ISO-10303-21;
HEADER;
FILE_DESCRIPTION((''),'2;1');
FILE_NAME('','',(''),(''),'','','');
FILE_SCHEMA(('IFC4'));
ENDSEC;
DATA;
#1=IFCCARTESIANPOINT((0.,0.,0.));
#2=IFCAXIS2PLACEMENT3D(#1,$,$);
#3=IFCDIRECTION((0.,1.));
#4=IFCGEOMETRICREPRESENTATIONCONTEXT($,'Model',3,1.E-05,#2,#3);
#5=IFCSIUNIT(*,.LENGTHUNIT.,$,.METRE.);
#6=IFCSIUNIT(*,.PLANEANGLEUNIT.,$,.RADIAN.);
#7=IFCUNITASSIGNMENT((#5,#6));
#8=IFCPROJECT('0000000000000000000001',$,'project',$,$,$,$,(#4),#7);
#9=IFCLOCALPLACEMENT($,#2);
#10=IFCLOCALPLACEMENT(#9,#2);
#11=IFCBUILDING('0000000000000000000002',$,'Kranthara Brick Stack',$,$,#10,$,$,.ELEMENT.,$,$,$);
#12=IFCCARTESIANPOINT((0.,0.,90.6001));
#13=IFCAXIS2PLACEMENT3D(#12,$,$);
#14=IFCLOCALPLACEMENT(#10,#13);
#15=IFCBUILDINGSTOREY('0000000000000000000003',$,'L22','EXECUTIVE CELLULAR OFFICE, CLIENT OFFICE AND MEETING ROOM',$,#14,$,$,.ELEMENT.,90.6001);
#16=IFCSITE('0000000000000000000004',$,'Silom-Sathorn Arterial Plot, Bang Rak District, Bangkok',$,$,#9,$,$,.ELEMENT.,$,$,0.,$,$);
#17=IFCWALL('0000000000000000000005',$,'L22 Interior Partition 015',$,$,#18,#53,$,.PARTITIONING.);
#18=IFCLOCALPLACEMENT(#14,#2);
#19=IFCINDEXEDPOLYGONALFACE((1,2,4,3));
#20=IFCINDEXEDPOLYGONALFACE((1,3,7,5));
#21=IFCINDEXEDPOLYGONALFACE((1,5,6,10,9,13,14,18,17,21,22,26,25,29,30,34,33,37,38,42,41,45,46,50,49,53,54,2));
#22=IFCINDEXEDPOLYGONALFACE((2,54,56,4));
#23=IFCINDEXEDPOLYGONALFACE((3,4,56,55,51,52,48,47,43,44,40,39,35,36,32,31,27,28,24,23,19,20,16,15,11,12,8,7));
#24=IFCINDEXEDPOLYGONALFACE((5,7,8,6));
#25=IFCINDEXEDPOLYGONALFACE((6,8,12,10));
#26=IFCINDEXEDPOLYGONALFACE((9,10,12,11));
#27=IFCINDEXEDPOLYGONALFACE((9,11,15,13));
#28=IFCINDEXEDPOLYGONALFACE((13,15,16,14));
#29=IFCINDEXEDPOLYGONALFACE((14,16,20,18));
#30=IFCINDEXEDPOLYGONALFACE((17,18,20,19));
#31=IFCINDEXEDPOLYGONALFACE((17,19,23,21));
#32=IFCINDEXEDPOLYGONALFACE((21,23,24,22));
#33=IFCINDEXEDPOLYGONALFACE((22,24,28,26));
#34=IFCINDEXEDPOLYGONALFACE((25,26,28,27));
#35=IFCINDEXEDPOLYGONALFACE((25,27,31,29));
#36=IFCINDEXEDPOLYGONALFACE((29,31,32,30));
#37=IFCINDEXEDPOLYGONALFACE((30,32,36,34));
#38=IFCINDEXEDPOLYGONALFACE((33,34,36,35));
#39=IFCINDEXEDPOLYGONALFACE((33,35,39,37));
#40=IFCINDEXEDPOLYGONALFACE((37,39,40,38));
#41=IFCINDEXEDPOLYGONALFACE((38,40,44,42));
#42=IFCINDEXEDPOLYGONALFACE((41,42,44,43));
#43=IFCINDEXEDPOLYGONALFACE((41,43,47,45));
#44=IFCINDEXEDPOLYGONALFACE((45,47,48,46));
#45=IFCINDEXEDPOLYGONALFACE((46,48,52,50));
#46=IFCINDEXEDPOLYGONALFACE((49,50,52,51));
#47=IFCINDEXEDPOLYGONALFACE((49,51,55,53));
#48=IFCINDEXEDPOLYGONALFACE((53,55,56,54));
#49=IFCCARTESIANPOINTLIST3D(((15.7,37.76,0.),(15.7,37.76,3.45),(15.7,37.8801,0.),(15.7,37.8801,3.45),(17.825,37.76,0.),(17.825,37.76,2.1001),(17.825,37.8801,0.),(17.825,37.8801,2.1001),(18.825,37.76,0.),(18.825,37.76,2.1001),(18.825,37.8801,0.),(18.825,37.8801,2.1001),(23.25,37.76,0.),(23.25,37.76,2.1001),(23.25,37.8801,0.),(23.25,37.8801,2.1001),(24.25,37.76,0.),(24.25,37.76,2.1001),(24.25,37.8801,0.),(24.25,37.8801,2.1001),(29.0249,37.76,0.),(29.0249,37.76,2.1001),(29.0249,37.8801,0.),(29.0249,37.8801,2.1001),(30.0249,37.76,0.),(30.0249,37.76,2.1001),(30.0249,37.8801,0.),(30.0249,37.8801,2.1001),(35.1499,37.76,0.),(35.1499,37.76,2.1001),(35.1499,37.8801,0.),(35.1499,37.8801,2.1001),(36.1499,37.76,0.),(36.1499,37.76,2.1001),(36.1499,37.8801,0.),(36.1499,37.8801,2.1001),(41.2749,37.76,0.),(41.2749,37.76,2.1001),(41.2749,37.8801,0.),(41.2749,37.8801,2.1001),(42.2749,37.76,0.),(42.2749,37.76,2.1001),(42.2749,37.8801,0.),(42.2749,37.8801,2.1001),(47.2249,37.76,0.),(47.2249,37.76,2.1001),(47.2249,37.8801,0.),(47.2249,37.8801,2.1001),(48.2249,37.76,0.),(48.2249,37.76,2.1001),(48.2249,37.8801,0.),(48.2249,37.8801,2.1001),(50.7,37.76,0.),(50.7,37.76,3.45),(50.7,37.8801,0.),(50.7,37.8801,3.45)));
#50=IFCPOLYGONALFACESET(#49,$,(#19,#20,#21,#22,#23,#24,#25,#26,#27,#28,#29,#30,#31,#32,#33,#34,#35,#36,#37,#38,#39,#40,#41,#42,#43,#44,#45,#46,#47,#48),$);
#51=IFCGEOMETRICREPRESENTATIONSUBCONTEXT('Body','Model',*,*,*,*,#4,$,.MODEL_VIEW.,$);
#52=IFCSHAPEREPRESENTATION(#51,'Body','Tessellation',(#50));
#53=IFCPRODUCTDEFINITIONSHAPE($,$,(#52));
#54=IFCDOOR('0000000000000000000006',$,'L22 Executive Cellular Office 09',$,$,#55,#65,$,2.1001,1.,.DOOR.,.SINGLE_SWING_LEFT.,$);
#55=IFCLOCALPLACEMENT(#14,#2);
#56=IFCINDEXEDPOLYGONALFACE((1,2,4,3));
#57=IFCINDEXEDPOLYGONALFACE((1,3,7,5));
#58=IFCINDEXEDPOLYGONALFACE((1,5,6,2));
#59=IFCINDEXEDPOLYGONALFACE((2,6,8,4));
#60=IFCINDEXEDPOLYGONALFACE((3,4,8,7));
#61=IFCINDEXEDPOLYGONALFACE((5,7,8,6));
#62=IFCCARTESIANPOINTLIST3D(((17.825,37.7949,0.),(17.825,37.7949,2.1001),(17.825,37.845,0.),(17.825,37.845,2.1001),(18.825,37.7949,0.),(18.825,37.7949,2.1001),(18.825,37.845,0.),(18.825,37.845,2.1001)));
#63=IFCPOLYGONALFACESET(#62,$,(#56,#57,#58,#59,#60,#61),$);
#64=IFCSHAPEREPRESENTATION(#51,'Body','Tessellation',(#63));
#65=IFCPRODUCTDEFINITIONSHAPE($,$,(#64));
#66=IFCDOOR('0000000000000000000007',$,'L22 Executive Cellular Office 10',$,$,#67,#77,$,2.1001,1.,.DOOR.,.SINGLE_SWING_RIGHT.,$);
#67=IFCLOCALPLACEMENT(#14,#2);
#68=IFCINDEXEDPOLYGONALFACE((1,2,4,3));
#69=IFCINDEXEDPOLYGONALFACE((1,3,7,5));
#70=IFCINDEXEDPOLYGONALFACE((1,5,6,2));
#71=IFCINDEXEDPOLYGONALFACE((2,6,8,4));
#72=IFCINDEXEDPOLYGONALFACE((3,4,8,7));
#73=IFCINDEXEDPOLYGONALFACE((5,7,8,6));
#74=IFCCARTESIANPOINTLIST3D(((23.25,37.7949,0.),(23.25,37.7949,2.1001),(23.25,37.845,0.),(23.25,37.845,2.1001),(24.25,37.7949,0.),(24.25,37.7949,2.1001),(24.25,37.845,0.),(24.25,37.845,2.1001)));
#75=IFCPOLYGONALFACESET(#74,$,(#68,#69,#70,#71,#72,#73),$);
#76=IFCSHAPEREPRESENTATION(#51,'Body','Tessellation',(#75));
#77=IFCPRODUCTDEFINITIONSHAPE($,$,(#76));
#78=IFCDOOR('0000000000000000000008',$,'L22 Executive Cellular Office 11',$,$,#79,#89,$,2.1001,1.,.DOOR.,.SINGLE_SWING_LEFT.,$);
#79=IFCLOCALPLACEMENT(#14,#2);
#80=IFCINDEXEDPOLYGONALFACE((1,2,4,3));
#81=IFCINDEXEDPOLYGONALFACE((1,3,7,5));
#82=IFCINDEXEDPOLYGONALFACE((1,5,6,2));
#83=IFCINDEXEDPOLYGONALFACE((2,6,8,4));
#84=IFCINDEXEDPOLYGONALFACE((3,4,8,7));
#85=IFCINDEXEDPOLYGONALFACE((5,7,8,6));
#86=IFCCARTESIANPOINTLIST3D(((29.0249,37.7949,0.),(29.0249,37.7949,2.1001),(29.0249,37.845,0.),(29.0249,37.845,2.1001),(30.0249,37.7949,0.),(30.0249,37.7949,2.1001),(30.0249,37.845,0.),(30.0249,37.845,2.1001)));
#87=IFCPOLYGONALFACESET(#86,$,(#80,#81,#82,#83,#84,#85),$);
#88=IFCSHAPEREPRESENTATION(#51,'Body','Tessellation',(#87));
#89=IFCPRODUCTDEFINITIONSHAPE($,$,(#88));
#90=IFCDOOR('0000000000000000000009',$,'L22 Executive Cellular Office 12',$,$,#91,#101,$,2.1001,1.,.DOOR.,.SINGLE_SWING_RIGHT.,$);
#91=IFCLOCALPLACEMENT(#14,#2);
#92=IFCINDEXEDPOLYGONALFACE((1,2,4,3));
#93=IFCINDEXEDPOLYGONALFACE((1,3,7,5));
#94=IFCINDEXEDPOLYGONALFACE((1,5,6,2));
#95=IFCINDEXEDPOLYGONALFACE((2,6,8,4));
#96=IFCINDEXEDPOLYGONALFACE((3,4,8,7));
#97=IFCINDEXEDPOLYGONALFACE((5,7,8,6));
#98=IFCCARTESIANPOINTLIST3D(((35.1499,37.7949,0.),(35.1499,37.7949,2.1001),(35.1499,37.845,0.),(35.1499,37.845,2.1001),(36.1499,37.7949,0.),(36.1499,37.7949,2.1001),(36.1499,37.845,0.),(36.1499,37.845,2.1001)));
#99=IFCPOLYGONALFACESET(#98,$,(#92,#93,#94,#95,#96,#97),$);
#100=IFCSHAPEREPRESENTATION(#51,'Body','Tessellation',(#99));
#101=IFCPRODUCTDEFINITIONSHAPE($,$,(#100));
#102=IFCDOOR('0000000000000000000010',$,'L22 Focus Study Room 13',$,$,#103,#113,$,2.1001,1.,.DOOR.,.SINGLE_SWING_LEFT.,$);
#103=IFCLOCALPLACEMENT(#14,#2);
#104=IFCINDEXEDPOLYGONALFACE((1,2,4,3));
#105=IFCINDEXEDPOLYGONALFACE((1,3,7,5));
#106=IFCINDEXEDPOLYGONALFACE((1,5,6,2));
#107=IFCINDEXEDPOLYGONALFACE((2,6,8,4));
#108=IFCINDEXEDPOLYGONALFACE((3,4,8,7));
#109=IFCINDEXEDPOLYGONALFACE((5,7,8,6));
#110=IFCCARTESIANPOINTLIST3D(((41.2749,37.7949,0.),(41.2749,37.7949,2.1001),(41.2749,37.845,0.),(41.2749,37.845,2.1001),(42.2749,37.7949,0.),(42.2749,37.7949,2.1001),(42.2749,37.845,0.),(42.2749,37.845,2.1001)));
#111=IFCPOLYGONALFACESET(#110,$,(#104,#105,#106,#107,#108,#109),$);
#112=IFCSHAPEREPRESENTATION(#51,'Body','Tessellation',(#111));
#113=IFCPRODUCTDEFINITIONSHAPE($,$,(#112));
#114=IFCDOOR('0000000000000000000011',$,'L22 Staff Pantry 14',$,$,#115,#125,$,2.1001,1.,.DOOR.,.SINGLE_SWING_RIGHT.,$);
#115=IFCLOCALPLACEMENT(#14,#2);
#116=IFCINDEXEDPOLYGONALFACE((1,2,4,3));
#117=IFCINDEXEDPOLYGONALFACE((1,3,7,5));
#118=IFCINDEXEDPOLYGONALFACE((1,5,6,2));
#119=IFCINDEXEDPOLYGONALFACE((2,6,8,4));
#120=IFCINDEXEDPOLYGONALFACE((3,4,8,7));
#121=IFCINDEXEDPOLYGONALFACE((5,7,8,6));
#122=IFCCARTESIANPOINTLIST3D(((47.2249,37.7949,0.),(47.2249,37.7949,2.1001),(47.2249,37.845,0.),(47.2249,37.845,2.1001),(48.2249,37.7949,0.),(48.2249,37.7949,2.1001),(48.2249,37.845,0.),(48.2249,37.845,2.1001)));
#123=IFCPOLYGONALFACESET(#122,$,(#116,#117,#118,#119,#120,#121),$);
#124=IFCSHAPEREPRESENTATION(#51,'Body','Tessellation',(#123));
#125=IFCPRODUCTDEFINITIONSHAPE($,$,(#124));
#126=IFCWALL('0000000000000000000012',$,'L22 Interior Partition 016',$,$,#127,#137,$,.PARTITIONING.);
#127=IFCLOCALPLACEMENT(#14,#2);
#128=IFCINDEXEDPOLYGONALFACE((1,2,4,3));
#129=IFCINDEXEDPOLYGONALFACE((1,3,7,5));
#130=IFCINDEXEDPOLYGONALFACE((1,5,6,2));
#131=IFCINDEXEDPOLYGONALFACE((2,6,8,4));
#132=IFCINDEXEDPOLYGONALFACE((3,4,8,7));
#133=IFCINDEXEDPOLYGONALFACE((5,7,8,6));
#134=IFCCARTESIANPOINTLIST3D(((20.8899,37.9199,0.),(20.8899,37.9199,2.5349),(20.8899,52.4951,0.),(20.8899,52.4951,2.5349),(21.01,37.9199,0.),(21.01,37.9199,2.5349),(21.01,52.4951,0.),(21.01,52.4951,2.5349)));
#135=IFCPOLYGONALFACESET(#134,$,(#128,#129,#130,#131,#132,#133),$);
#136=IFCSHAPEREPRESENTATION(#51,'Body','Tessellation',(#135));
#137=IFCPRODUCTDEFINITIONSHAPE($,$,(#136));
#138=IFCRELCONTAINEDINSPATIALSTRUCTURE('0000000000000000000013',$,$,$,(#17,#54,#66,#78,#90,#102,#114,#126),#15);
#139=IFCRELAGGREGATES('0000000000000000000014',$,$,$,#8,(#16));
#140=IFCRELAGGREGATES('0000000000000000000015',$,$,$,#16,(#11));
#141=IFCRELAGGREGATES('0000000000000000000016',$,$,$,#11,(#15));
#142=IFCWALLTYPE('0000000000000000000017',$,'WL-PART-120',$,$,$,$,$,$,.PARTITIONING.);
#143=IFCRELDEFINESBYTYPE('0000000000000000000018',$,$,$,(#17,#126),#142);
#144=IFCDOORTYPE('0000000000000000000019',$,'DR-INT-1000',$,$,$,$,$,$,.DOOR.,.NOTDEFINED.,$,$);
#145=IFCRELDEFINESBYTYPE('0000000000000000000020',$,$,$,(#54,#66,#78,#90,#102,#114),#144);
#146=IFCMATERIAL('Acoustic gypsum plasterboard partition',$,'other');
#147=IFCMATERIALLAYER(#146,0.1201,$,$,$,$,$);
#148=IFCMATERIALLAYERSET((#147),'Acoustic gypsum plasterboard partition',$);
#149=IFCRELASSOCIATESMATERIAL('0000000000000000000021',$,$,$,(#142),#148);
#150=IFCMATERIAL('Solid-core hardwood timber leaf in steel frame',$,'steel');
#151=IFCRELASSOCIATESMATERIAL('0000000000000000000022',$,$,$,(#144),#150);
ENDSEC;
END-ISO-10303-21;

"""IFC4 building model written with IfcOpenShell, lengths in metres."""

from ifc_helpers import new_model, si_unit, direction, frame, frame_2d, origin, place, context, subcontext, project, spatial, rectangle, extrude, material, layer, layer_set, type_object, element, fill, save


model = new_model("IFC4")

# Units and contexts
model_context = context("Model", 3, precision=1e-05, world=origin(), true_north=direction((0.0, 1.0)))
body_context = subcontext(model_context, "Body", "Model", "MODEL_VIEW")
ifc_project = project(units=[si_unit("LENGTHUNIT", "METRE"), si_unit("PLANEANGLEUNIT", "RADIAN")], contexts=[model_context])

# Site, building, storey
site_placement = place(None, origin())
site = spatial("IfcSite", under=ifc_project, at=site_placement, Name="Silom-Sathorn Arterial Plot, Bang Rak District, Bangkok", CompositionType="ELEMENT", RefElevation=0.0)
building_placement = place(site_placement, origin())
building = spatial("IfcBuilding", under=site, at=building_placement, Name="Kranthara Brick Stack", CompositionType="ELEMENT")
storey_placement = place(building_placement, frame((0.0, 0.0, 90.6001)))
storey = spatial("IfcBuildingStorey", under=building, at=storey_placement, Name="L22", Description="EXECUTIVE CELLULAR OFFICE, CLIENT OFFICE AND MEETING ROOM", CompositionType="ELEMENT", Elevation=90.6001)

# Wall, openings, doors
ifc_material_1 = material(Name="Acoustic gypsum plasterboard partition", Category="other")
ifc_layer_1 = layer(ifc_material_1, 0.1201)
ifc_layer_set_1 = layer_set([ifc_layer_1], Name="Acoustic gypsum plasterboard partition")
wall_type_1 = type_object("IfcWallType", Name="WL-PART-120", PredefinedType="PARTITIONING", material=ifc_layer_set_1)
wall_1_placement = place(storey_placement, frame((15.7, 37.8201, 0.0), z_axis=(0.0, 0.0, 1.0), x_axis=(1.0, 0.0, 0.0)))
wall_1 = element("IfcWall", 1, at=wall_1_placement, inside=storey, type_object=wall_type_1, Name="L22 Interior Partition 015", PredefinedType="PARTITIONING", context=body_context, shape_type="SweptSolid", body=[
    extrude(rectangle(XDim=35.0, YDim=0.1201, at=frame_2d((17.5, 0.0))), origin(), (0.0, 0.0, 1.0), 3.45),
])
opening_1_placement = place(wall_1_placement, frame((2.125, 0.0, 0.0)))
opening_1 = element("IfcOpeningElement", 2, at=opening_1_placement, cuts=wall_1, PredefinedType="OPENING", context=body_context, shape_type="SweptSolid", body=[
    extrude(rectangle(XDim=1.0, YDim=2.1001, at=frame_2d((0.5, 1.05))), frame((0.0, 0.0701, 0.0), z_axis=(0.0, -1.0, 0.0), x_axis=(1.0, 0.0, 0.0)), (0.0, 0.0, 1.0), 0.1401),
])
opening_2_placement = place(wall_1_placement, frame((7.55, 0.0, 0.0)))
opening_2 = element("IfcOpeningElement", 3, at=opening_2_placement, cuts=wall_1, PredefinedType="OPENING", context=body_context, shape_type="SweptSolid", body=[
    extrude(rectangle(XDim=1.0, YDim=2.1001, at=frame_2d((0.5, 1.05))), frame((0.0, 0.0701, 0.0), z_axis=(0.0, -1.0, 0.0), x_axis=(1.0, 0.0, 0.0)), (0.0, 0.0, 1.0), 0.1401),
])
opening_3_placement = place(wall_1_placement, frame((13.325, 0.0, 0.0)))
opening_3 = element("IfcOpeningElement", 4, at=opening_3_placement, cuts=wall_1, PredefinedType="OPENING", context=body_context, shape_type="SweptSolid", body=[
    extrude(rectangle(XDim=1.0, YDim=2.1001, at=frame_2d((0.5, 1.05))), frame((0.0, 0.0701, 0.0), z_axis=(0.0, -1.0, 0.0), x_axis=(1.0, 0.0, 0.0)), (0.0, 0.0, 1.0), 0.1401),
])
opening_4_placement = place(wall_1_placement, frame((19.45, 0.0, 0.0)))
opening_4 = element("IfcOpeningElement", 5, at=opening_4_placement, cuts=wall_1, PredefinedType="OPENING", context=body_context, shape_type="SweptSolid", body=[
    extrude(rectangle(XDim=1.0, YDim=2.1001, at=frame_2d((0.5, 1.05))), frame((0.0, 0.0701, 0.0), z_axis=(0.0, -1.0, 0.0), x_axis=(1.0, 0.0, 0.0)), (0.0, 0.0, 1.0), 0.1401),
])
opening_5_placement = place(wall_1_placement, frame((25.575, 0.0, 0.0)))
opening_5 = element("IfcOpeningElement", 6, at=opening_5_placement, cuts=wall_1, PredefinedType="OPENING", context=body_context, shape_type="SweptSolid", body=[
    extrude(rectangle(XDim=1.0, YDim=2.1001, at=frame_2d((0.5, 1.05))), frame((0.0, 0.0701, 0.0), z_axis=(0.0, -1.0, 0.0), x_axis=(1.0, 0.0, 0.0)), (0.0, 0.0, 1.0), 0.1401),
])
opening_6_placement = place(wall_1_placement, frame((31.5249, 0.0, 0.0)))
opening_6 = element("IfcOpeningElement", 7, at=opening_6_placement, cuts=wall_1, PredefinedType="OPENING", context=body_context, shape_type="SweptSolid", body=[
    extrude(rectangle(XDim=1.0, YDim=2.1001, at=frame_2d((0.5, 1.05))), frame((0.0, 0.0701, 0.0), z_axis=(0.0, -1.0, 0.0), x_axis=(1.0, 0.0, 0.0)), (0.0, 0.0, 1.0), 0.1401),
])
ifc_material_2 = material(Name="Solid-core hardwood timber leaf in steel frame", Category="steel")
door_type_1 = type_object("IfcDoorType", Name="DR-INT-1000", OperationType="NOTDEFINED", PredefinedType="DOOR", material=ifc_material_2)
door_1_placement = place(opening_1_placement, origin())
door_1 = element("IfcDoor", 8, at=door_1_placement, inside=storey, type_object=door_type_1, Name="L22 Executive Cellular Office 09", OperationType="SINGLE_SWING_LEFT", OverallHeight=2.1001, OverallWidth=1.0, PredefinedType="DOOR", context=body_context, shape_type="SweptSolid", body=[
    extrude(rectangle(XDim=1.0, YDim=2.1001, at=frame_2d((0.5, 1.05))), frame((0.0, 0.0249, 0.0), z_axis=(0.0, -1.0, 0.0), x_axis=(1.0, 0.0, 0.0)), (0.0, 0.0, 1.0), 0.05),
])
fill(opening_1, door_1)
door_2_placement = place(opening_2_placement, origin())
door_2 = element("IfcDoor", 9, at=door_2_placement, inside=storey, type_object=door_type_1, Name="L22 Executive Cellular Office 10", OperationType="SINGLE_SWING_RIGHT", OverallHeight=2.1001, OverallWidth=1.0, PredefinedType="DOOR", context=body_context, shape_type="SweptSolid", body=[
    extrude(rectangle(XDim=1.0, YDim=2.1001, at=frame_2d((0.5, 1.05))), frame((0.0, 0.0249, 0.0), z_axis=(0.0, -1.0, 0.0), x_axis=(1.0, 0.0, 0.0)), (0.0, 0.0, 1.0), 0.05),
])
fill(opening_2, door_2)
door_3_placement = place(opening_3_placement, origin())
door_3 = element("IfcDoor", 10, at=door_3_placement, inside=storey, type_object=door_type_1, Name="L22 Executive Cellular Office 11", OperationType="SINGLE_SWING_LEFT", OverallHeight=2.1001, OverallWidth=1.0, PredefinedType="DOOR", context=body_context, shape_type="SweptSolid", body=[
    extrude(rectangle(XDim=1.0, YDim=2.1001, at=frame_2d((0.5, 1.05))), frame((0.0, 0.0249, 0.0), z_axis=(0.0, -1.0, 0.0), x_axis=(1.0, 0.0, 0.0)), (0.0, 0.0, 1.0), 0.05),
])
fill(opening_3, door_3)
door_4_placement = place(opening_4_placement, origin())
door_4 = element("IfcDoor", 11, at=door_4_placement, inside=storey, type_object=door_type_1, Name="L22 Executive Cellular Office 12", OperationType="SINGLE_SWING_RIGHT", OverallHeight=2.1001, OverallWidth=1.0, PredefinedType="DOOR", context=body_context, shape_type="SweptSolid", body=[
    extrude(rectangle(XDim=1.0, YDim=2.1001, at=frame_2d((0.5, 1.05))), frame((0.0, 0.0249, 0.0), z_axis=(0.0, -1.0, 0.0), x_axis=(1.0, 0.0, 0.0)), (0.0, 0.0, 1.0), 0.05),
])
fill(opening_4, door_4)
door_5_placement = place(opening_5_placement, origin())
door_5 = element("IfcDoor", 12, at=door_5_placement, inside=storey, type_object=door_type_1, Name="L22 Focus Study Room 13", OperationType="SINGLE_SWING_LEFT", OverallHeight=2.1001, OverallWidth=1.0, PredefinedType="DOOR", context=body_context, shape_type="SweptSolid", body=[
    extrude(rectangle(XDim=1.0, YDim=2.1001, at=frame_2d((0.5, 1.05))), frame((0.0, 0.0249, 0.0), z_axis=(0.0, -1.0, 0.0), x_axis=(1.0, 0.0, 0.0)), (0.0, 0.0, 1.0), 0.05),
])
fill(opening_5, door_5)
door_6_placement = place(opening_6_placement, origin())
door_6 = element("IfcDoor", 13, at=door_6_placement, inside=storey, type_object=door_type_1, Name="L22 Staff Pantry 14", OperationType="SINGLE_SWING_RIGHT", OverallHeight=2.1001, OverallWidth=1.0, PredefinedType="DOOR", context=body_context, shape_type="SweptSolid", body=[
    extrude(rectangle(XDim=1.0, YDim=2.1001, at=frame_2d((0.5, 1.05))), frame((0.0, 0.0249, 0.0), z_axis=(0.0, -1.0, 0.0), x_axis=(1.0, 0.0, 0.0)), (0.0, 0.0, 1.0), 0.05),
])
fill(opening_6, door_6)

# Wall
wall_2_placement = place(storey_placement, frame((20.95, 37.9199, 0.0), z_axis=(0.0, 0.0, 1.0), x_axis=(0.0, 1.0, 0.0)))
element("IfcWall", 14, at=wall_2_placement, inside=storey, type_object=wall_type_1, Name="L22 Interior Partition 016", PredefinedType="PARTITIONING", context=body_context, shape_type="SweptSolid", body=[
    extrude(rectangle(XDim=14.5752, YDim=0.1201, at=frame_2d((7.2876, 0.0))), origin(), (0.0, 0.0, 1.0), 2.5349),
])

save(model, "model.ifc")
